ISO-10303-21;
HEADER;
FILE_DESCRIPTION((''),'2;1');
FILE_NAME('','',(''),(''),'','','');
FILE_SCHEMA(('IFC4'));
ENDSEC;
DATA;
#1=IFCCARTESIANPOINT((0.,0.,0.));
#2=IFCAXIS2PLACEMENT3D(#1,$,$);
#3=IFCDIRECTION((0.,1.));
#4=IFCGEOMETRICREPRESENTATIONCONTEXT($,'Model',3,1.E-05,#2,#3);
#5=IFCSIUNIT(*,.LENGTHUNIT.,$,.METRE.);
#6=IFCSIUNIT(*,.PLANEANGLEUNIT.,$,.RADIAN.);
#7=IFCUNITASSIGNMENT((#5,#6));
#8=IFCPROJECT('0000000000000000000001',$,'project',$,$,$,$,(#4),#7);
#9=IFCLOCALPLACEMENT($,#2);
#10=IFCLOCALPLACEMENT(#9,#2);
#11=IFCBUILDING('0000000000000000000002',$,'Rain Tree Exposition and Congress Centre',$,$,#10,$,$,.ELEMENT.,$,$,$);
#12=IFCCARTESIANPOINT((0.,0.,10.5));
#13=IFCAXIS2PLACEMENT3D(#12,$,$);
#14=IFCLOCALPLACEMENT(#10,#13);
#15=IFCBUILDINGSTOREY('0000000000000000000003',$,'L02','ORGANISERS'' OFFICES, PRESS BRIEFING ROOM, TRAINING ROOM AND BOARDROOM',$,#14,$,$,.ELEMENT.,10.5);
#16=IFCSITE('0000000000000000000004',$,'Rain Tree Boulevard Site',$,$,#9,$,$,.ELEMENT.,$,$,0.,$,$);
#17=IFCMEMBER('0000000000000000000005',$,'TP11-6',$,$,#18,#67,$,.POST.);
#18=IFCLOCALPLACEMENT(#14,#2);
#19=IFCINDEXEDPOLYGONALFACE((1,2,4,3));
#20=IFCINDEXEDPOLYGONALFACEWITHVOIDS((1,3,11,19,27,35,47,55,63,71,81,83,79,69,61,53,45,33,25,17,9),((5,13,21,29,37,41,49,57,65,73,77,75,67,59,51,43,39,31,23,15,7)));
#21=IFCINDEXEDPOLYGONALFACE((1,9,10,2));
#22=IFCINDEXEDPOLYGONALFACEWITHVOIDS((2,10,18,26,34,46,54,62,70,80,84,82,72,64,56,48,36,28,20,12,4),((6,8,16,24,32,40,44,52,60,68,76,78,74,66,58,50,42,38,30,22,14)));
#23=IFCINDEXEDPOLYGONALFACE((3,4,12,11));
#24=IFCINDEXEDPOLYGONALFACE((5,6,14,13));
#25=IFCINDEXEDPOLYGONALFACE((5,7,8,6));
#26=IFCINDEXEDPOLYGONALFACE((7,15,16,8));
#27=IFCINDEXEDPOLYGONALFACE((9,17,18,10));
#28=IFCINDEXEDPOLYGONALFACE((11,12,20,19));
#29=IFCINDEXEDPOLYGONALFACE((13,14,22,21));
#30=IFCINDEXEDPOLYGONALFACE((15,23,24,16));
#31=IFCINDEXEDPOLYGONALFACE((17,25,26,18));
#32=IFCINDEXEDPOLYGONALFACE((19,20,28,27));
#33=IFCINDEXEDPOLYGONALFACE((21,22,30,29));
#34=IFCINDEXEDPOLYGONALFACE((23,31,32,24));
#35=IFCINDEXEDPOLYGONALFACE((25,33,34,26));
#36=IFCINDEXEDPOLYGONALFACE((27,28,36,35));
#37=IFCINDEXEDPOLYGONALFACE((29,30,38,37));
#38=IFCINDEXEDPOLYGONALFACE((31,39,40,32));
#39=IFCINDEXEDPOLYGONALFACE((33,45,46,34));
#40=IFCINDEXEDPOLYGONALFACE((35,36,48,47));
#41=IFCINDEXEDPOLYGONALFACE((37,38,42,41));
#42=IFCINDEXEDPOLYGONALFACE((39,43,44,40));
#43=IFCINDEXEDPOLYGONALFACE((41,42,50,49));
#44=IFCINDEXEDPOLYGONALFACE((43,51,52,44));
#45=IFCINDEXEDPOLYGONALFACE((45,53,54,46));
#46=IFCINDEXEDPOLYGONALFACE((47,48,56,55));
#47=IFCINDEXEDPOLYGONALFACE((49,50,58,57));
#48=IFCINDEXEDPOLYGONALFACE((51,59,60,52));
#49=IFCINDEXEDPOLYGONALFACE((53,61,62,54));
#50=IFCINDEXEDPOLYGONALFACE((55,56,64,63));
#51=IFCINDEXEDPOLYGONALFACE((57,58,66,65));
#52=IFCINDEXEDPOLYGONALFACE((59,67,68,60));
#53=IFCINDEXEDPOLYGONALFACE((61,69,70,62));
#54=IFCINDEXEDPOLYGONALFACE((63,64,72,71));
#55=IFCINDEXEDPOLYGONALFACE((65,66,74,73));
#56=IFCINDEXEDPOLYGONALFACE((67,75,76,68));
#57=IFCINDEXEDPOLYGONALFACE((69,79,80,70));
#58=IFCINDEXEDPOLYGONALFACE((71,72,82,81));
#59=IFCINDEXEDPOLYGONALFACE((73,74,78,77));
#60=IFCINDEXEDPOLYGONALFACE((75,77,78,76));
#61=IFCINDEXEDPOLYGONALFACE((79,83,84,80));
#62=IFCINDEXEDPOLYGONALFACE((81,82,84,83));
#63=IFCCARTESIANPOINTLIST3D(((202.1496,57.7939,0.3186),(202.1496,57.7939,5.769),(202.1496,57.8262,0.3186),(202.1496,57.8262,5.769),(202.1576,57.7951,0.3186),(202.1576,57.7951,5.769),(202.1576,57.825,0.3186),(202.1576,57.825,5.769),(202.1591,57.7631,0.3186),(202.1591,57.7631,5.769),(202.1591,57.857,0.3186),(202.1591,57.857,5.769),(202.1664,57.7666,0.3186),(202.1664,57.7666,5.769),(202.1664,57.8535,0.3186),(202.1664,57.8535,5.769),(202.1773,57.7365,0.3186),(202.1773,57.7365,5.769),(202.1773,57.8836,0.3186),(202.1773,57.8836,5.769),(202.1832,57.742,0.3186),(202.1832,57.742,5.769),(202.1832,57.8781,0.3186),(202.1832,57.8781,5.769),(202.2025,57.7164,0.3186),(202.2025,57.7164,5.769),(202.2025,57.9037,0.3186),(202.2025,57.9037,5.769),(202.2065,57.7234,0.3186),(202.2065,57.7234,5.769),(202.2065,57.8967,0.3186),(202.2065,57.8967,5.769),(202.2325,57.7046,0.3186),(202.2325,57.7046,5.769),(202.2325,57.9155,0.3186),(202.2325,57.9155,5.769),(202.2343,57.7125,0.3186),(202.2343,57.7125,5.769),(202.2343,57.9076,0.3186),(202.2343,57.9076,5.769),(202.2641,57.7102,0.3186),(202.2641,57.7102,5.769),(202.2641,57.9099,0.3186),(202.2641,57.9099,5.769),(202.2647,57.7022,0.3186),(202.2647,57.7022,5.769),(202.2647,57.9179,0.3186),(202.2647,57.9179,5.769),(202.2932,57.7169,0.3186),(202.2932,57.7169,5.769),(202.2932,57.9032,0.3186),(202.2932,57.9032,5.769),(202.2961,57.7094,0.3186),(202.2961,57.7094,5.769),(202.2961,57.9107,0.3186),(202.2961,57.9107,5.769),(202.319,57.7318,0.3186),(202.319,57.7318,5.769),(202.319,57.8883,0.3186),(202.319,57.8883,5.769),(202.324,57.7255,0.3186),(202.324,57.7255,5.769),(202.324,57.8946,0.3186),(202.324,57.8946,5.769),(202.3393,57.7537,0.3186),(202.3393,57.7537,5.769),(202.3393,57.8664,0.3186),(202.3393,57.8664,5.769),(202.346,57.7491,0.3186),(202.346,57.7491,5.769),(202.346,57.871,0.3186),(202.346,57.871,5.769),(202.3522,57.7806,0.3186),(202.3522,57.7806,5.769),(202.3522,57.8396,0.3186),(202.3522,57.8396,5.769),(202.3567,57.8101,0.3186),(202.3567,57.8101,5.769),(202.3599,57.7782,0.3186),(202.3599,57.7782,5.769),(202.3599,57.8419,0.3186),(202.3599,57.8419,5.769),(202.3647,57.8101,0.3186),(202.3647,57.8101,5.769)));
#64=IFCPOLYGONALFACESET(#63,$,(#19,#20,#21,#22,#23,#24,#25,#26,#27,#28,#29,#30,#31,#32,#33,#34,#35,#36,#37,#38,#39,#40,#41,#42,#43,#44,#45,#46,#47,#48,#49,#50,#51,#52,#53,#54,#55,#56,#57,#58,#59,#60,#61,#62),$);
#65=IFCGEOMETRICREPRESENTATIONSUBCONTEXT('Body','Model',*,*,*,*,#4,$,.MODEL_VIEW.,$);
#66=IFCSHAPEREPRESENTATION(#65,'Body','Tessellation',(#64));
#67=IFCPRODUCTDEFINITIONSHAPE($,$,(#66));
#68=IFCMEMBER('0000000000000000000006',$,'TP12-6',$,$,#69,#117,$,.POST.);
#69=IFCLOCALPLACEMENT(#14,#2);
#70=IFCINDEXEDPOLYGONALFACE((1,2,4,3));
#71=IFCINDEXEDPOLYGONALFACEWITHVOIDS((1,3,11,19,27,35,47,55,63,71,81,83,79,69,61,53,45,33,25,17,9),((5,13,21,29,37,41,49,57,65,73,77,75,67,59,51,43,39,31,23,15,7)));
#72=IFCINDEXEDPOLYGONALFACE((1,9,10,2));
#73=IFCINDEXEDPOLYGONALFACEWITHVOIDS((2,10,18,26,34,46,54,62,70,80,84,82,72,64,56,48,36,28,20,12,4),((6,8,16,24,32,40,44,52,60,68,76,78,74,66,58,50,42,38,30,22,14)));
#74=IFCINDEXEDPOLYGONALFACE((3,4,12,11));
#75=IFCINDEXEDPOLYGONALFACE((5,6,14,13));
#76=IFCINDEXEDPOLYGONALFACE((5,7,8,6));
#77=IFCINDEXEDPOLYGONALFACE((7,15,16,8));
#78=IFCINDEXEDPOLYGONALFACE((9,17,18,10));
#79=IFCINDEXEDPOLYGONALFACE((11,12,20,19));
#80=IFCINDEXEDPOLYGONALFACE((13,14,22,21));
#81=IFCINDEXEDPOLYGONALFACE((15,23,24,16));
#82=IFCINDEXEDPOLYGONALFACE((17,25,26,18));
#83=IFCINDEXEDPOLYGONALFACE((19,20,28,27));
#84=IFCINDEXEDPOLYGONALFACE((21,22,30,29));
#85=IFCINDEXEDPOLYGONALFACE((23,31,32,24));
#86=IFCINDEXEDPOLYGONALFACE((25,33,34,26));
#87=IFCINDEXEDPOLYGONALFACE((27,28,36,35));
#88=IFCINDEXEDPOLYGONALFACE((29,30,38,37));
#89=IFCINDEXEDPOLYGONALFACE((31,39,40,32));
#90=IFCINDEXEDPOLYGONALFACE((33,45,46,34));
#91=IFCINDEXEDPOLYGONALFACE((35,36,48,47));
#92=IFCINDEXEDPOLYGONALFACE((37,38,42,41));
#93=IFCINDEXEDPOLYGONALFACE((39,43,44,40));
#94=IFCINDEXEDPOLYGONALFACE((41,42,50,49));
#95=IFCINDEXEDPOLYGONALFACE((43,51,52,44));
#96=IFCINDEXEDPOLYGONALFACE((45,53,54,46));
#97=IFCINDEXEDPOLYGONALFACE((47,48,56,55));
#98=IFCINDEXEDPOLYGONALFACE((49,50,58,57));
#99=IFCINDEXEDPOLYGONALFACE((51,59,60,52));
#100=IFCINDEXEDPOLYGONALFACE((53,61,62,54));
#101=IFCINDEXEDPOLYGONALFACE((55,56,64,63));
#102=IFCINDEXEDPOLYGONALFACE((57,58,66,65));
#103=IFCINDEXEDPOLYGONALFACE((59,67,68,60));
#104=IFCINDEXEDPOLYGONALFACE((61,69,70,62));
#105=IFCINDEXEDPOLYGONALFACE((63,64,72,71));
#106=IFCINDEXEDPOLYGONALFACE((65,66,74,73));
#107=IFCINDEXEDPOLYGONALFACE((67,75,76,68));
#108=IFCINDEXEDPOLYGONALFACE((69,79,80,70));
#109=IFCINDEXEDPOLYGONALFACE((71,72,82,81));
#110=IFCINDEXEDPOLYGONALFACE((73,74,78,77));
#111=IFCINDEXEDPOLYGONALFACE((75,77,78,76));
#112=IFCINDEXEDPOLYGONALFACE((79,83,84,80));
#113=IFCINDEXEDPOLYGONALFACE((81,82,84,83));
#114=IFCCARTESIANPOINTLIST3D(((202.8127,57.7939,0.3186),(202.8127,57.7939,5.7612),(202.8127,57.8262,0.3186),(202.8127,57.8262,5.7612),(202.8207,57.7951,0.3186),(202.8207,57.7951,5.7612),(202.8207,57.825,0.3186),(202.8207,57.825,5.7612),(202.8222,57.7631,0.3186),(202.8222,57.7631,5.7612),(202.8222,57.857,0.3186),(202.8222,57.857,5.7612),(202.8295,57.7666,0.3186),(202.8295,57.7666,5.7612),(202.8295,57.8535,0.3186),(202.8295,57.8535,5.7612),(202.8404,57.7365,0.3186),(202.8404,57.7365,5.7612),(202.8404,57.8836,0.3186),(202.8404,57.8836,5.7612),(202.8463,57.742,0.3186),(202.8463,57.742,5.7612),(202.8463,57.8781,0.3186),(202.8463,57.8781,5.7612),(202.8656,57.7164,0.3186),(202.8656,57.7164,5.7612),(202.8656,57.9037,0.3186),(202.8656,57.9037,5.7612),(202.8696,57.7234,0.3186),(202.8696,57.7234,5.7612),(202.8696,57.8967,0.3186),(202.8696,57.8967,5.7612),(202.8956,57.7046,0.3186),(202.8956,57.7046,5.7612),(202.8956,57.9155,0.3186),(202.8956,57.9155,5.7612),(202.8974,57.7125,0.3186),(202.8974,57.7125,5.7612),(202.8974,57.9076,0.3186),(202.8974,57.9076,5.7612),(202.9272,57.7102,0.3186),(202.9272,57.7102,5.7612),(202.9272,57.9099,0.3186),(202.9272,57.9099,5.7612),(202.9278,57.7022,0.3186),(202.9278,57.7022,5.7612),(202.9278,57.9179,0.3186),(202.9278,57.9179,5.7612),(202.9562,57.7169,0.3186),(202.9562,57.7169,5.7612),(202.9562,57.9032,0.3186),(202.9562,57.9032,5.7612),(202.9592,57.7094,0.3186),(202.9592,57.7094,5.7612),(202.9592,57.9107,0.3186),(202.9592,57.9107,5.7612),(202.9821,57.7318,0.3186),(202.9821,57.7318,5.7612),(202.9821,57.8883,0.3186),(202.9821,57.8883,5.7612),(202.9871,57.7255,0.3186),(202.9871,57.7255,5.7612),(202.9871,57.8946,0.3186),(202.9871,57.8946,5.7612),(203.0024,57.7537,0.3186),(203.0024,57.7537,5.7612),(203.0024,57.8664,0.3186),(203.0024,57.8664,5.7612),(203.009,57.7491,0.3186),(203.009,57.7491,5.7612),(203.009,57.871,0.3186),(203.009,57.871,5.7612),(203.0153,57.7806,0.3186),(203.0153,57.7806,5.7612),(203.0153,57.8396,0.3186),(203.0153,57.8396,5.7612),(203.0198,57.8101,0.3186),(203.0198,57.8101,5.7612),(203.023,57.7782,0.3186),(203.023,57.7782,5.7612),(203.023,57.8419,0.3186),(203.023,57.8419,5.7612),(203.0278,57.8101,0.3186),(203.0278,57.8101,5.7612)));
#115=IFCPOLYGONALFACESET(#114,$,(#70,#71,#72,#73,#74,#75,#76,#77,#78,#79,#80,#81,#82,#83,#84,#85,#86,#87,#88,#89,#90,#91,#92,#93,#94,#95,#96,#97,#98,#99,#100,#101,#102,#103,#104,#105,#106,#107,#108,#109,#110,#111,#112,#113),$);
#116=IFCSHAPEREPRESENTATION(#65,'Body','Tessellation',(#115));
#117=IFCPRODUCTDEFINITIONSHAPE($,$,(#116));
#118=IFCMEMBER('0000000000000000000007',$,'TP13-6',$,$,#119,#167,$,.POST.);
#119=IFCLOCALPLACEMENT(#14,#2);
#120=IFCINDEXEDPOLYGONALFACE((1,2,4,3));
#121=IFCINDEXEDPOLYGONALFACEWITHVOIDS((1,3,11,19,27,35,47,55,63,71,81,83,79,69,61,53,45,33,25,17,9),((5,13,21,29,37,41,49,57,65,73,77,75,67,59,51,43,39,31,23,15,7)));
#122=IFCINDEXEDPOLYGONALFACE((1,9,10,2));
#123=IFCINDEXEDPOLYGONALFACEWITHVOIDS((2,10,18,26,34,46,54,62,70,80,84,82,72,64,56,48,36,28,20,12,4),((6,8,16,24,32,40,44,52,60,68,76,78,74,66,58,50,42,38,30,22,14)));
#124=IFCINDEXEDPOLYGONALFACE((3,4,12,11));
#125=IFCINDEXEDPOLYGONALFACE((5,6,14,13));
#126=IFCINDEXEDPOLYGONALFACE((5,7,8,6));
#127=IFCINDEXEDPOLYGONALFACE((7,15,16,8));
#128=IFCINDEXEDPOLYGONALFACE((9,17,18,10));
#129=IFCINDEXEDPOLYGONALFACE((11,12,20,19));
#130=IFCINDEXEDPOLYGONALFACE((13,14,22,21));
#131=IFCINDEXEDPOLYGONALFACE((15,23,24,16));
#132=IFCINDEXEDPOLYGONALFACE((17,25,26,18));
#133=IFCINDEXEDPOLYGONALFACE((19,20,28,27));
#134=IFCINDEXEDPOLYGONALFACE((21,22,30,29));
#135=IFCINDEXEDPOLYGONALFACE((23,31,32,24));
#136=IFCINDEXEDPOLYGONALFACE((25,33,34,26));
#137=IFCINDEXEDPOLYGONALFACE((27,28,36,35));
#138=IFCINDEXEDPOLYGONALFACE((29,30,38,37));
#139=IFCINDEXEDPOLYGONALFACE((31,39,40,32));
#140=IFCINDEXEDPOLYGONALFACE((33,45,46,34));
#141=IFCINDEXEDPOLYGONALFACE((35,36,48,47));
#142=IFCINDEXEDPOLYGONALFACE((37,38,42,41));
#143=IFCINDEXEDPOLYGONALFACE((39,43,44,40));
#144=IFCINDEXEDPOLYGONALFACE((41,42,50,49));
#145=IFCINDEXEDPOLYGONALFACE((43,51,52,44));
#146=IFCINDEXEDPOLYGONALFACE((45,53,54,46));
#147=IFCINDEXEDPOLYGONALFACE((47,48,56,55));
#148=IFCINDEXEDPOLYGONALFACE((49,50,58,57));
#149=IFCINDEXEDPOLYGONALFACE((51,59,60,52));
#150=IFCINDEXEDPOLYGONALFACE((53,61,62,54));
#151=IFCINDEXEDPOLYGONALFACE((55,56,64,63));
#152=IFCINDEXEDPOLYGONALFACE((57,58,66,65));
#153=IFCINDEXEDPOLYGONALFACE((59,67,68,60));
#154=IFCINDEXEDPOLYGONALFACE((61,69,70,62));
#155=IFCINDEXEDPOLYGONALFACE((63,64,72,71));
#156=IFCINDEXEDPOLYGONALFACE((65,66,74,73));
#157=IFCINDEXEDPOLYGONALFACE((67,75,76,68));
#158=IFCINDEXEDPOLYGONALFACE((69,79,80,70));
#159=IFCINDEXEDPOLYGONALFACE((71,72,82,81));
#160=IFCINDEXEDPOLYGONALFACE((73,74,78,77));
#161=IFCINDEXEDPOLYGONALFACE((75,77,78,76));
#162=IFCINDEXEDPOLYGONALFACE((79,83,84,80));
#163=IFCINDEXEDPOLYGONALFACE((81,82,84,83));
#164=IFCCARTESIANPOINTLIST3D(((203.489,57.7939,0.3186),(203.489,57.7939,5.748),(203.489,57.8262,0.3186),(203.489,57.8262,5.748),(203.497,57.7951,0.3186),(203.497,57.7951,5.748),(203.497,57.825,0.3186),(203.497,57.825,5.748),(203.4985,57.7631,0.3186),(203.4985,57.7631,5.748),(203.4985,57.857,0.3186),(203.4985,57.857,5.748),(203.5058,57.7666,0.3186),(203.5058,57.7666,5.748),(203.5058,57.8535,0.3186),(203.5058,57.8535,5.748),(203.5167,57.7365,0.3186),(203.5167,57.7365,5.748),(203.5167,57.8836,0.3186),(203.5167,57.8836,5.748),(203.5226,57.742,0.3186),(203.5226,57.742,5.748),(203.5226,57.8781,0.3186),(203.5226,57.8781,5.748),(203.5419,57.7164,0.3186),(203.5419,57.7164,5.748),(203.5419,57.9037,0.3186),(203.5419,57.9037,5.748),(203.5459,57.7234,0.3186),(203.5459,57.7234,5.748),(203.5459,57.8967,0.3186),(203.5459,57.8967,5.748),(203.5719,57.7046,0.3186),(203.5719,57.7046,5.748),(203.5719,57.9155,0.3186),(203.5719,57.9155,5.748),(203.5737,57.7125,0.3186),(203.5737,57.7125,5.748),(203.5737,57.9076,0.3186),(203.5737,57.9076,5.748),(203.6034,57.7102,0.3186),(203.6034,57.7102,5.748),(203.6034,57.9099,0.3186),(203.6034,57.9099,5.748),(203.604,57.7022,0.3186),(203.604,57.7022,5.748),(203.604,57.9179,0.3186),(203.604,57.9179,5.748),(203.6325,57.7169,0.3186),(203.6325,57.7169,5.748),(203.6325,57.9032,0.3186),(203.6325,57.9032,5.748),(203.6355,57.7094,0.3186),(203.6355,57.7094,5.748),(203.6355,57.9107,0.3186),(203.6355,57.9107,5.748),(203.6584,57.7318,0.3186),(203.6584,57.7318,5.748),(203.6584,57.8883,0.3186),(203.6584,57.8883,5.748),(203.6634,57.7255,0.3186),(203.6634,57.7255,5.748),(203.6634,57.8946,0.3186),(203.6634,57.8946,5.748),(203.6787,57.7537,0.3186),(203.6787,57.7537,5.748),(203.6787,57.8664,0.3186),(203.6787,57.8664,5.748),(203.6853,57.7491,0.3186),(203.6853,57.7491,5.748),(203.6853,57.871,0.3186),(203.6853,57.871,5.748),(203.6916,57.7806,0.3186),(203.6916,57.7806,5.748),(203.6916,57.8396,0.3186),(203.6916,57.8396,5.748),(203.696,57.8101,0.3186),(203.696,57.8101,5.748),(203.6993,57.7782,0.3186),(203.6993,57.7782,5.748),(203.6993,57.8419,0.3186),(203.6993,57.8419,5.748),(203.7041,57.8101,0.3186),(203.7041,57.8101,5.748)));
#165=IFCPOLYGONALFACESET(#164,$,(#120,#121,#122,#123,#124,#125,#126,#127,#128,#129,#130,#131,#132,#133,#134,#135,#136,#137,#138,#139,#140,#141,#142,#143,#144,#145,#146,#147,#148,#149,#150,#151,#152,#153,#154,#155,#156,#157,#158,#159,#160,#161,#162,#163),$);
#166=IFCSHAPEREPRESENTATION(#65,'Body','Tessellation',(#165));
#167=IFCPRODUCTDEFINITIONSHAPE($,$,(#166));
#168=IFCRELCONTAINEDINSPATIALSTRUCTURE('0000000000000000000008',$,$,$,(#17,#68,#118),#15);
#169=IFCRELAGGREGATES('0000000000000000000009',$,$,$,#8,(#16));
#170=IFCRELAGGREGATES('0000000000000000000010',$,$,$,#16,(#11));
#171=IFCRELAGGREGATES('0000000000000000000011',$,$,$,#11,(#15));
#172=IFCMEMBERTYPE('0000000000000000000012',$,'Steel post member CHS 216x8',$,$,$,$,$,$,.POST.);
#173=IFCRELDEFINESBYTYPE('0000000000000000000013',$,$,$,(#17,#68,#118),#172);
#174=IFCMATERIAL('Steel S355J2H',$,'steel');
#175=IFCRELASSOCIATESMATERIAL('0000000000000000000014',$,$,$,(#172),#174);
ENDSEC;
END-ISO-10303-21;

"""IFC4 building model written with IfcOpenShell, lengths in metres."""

from ifc_helpers import new_model, si_unit, direction, frame, origin, origin_2d, place, context, subcontext, project, spatial, hollow_circle, extrude, material, material_profile, profile_set, type_object, element, save


model = new_model("IFC4")

# Units and contexts
model_context = context("Model", 3, precision=1e-05, world=origin(), true_north=direction((0.0, 1.0)))
body_context = subcontext(model_context, "Body", "Model", "MODEL_VIEW")
ifc_project = project(units=[si_unit("LENGTHUNIT", "METRE"), si_unit("PLANEANGLEUNIT", "RADIAN")], contexts=[model_context])

# Site, building, storey
site_placement = place(None, origin())
site = spatial("IfcSite", under=ifc_project, at=site_placement, Name="Rain Tree Boulevard Site", CompositionType="ELEMENT", RefElevation=0.0)
building_placement = place(site_placement, origin())
building = spatial("IfcBuilding", under=site, at=building_placement, Name="Rain Tree Exposition and Congress Centre", CompositionType="ELEMENT")
storey_placement = place(building_placement, frame((0.0, 0.0, 10.5)))
storey = spatial("IfcBuildingStorey", under=building, at=storey_placement, Name="L02", Description="ORGANISERS' OFFICES, PRESS BRIEFING ROOM, TRAINING ROOM AND BOARDROOM", CompositionType="ELEMENT", Elevation=10.5)

# Members
ifc_material_1 = material(Name="Steel S355J2H", Category="steel")
ifc_material_profile_1 = material_profile(ifc_material_1, hollow_circle(Radius=0.1082, WallThickness=0.0081, at=origin_2d()), Name="CHS 216x8")
ifc_profile_set_1 = profile_set([ifc_material_profile_1], Name="Steel S355J2H")
member_type_1 = type_object("IfcMemberType", Name="Steel post member CHS 216x8", PredefinedType="POST", material=ifc_profile_set_1)
member_1_placement = place(storey_placement, frame((202.2566, 57.8101, 0.3186), z_axis=(0.0, 0.0, 1.0), x_axis=(1.0, 0.0, 0.0)))
element("IfcMember", 1, at=member_1_placement, inside=storey, type_object=member_type_1, Name="TP11-6", PredefinedType="POST", context=body_context, shape_type="SweptSolid", body=[
    extrude(hollow_circle(Radius=0.1082, WallThickness=0.0081, at=origin_2d()), origin(), (0.0, 0.0, 1.0), 5.4504),
])
member_2_placement = place(storey_placement, frame((202.9197, 57.8101, 0.3186), z_axis=(0.0, 0.0, 1.0), x_axis=(1.0, 0.0, 0.0)))
element("IfcMember", 2, at=member_2_placement, inside=storey, type_object=member_type_1, Name="TP12-6", PredefinedType="POST", context=body_context, shape_type="SweptSolid", body=[
    extrude(hollow_circle(Radius=0.1082, WallThickness=0.0081, at=origin_2d()), origin(), (0.0, 0.0, 1.0), 5.4426),
])
member_3_placement = place(storey_placement, frame((203.5959, 57.8101, 0.3186), z_axis=(0.0, 0.0, 1.0), x_axis=(1.0, 0.0, 0.0)))
element("IfcMember", 3, at=member_3_placement, inside=storey, type_object=member_type_1, Name="TP13-6", PredefinedType="POST", context=body_context, shape_type="SweptSolid", body=[
    extrude(hollow_circle(Radius=0.1082, WallThickness=0.0081, at=origin_2d()), origin(), (0.0, 0.0, 1.0), 5.4294),
])

save(model, "model.ifc")
